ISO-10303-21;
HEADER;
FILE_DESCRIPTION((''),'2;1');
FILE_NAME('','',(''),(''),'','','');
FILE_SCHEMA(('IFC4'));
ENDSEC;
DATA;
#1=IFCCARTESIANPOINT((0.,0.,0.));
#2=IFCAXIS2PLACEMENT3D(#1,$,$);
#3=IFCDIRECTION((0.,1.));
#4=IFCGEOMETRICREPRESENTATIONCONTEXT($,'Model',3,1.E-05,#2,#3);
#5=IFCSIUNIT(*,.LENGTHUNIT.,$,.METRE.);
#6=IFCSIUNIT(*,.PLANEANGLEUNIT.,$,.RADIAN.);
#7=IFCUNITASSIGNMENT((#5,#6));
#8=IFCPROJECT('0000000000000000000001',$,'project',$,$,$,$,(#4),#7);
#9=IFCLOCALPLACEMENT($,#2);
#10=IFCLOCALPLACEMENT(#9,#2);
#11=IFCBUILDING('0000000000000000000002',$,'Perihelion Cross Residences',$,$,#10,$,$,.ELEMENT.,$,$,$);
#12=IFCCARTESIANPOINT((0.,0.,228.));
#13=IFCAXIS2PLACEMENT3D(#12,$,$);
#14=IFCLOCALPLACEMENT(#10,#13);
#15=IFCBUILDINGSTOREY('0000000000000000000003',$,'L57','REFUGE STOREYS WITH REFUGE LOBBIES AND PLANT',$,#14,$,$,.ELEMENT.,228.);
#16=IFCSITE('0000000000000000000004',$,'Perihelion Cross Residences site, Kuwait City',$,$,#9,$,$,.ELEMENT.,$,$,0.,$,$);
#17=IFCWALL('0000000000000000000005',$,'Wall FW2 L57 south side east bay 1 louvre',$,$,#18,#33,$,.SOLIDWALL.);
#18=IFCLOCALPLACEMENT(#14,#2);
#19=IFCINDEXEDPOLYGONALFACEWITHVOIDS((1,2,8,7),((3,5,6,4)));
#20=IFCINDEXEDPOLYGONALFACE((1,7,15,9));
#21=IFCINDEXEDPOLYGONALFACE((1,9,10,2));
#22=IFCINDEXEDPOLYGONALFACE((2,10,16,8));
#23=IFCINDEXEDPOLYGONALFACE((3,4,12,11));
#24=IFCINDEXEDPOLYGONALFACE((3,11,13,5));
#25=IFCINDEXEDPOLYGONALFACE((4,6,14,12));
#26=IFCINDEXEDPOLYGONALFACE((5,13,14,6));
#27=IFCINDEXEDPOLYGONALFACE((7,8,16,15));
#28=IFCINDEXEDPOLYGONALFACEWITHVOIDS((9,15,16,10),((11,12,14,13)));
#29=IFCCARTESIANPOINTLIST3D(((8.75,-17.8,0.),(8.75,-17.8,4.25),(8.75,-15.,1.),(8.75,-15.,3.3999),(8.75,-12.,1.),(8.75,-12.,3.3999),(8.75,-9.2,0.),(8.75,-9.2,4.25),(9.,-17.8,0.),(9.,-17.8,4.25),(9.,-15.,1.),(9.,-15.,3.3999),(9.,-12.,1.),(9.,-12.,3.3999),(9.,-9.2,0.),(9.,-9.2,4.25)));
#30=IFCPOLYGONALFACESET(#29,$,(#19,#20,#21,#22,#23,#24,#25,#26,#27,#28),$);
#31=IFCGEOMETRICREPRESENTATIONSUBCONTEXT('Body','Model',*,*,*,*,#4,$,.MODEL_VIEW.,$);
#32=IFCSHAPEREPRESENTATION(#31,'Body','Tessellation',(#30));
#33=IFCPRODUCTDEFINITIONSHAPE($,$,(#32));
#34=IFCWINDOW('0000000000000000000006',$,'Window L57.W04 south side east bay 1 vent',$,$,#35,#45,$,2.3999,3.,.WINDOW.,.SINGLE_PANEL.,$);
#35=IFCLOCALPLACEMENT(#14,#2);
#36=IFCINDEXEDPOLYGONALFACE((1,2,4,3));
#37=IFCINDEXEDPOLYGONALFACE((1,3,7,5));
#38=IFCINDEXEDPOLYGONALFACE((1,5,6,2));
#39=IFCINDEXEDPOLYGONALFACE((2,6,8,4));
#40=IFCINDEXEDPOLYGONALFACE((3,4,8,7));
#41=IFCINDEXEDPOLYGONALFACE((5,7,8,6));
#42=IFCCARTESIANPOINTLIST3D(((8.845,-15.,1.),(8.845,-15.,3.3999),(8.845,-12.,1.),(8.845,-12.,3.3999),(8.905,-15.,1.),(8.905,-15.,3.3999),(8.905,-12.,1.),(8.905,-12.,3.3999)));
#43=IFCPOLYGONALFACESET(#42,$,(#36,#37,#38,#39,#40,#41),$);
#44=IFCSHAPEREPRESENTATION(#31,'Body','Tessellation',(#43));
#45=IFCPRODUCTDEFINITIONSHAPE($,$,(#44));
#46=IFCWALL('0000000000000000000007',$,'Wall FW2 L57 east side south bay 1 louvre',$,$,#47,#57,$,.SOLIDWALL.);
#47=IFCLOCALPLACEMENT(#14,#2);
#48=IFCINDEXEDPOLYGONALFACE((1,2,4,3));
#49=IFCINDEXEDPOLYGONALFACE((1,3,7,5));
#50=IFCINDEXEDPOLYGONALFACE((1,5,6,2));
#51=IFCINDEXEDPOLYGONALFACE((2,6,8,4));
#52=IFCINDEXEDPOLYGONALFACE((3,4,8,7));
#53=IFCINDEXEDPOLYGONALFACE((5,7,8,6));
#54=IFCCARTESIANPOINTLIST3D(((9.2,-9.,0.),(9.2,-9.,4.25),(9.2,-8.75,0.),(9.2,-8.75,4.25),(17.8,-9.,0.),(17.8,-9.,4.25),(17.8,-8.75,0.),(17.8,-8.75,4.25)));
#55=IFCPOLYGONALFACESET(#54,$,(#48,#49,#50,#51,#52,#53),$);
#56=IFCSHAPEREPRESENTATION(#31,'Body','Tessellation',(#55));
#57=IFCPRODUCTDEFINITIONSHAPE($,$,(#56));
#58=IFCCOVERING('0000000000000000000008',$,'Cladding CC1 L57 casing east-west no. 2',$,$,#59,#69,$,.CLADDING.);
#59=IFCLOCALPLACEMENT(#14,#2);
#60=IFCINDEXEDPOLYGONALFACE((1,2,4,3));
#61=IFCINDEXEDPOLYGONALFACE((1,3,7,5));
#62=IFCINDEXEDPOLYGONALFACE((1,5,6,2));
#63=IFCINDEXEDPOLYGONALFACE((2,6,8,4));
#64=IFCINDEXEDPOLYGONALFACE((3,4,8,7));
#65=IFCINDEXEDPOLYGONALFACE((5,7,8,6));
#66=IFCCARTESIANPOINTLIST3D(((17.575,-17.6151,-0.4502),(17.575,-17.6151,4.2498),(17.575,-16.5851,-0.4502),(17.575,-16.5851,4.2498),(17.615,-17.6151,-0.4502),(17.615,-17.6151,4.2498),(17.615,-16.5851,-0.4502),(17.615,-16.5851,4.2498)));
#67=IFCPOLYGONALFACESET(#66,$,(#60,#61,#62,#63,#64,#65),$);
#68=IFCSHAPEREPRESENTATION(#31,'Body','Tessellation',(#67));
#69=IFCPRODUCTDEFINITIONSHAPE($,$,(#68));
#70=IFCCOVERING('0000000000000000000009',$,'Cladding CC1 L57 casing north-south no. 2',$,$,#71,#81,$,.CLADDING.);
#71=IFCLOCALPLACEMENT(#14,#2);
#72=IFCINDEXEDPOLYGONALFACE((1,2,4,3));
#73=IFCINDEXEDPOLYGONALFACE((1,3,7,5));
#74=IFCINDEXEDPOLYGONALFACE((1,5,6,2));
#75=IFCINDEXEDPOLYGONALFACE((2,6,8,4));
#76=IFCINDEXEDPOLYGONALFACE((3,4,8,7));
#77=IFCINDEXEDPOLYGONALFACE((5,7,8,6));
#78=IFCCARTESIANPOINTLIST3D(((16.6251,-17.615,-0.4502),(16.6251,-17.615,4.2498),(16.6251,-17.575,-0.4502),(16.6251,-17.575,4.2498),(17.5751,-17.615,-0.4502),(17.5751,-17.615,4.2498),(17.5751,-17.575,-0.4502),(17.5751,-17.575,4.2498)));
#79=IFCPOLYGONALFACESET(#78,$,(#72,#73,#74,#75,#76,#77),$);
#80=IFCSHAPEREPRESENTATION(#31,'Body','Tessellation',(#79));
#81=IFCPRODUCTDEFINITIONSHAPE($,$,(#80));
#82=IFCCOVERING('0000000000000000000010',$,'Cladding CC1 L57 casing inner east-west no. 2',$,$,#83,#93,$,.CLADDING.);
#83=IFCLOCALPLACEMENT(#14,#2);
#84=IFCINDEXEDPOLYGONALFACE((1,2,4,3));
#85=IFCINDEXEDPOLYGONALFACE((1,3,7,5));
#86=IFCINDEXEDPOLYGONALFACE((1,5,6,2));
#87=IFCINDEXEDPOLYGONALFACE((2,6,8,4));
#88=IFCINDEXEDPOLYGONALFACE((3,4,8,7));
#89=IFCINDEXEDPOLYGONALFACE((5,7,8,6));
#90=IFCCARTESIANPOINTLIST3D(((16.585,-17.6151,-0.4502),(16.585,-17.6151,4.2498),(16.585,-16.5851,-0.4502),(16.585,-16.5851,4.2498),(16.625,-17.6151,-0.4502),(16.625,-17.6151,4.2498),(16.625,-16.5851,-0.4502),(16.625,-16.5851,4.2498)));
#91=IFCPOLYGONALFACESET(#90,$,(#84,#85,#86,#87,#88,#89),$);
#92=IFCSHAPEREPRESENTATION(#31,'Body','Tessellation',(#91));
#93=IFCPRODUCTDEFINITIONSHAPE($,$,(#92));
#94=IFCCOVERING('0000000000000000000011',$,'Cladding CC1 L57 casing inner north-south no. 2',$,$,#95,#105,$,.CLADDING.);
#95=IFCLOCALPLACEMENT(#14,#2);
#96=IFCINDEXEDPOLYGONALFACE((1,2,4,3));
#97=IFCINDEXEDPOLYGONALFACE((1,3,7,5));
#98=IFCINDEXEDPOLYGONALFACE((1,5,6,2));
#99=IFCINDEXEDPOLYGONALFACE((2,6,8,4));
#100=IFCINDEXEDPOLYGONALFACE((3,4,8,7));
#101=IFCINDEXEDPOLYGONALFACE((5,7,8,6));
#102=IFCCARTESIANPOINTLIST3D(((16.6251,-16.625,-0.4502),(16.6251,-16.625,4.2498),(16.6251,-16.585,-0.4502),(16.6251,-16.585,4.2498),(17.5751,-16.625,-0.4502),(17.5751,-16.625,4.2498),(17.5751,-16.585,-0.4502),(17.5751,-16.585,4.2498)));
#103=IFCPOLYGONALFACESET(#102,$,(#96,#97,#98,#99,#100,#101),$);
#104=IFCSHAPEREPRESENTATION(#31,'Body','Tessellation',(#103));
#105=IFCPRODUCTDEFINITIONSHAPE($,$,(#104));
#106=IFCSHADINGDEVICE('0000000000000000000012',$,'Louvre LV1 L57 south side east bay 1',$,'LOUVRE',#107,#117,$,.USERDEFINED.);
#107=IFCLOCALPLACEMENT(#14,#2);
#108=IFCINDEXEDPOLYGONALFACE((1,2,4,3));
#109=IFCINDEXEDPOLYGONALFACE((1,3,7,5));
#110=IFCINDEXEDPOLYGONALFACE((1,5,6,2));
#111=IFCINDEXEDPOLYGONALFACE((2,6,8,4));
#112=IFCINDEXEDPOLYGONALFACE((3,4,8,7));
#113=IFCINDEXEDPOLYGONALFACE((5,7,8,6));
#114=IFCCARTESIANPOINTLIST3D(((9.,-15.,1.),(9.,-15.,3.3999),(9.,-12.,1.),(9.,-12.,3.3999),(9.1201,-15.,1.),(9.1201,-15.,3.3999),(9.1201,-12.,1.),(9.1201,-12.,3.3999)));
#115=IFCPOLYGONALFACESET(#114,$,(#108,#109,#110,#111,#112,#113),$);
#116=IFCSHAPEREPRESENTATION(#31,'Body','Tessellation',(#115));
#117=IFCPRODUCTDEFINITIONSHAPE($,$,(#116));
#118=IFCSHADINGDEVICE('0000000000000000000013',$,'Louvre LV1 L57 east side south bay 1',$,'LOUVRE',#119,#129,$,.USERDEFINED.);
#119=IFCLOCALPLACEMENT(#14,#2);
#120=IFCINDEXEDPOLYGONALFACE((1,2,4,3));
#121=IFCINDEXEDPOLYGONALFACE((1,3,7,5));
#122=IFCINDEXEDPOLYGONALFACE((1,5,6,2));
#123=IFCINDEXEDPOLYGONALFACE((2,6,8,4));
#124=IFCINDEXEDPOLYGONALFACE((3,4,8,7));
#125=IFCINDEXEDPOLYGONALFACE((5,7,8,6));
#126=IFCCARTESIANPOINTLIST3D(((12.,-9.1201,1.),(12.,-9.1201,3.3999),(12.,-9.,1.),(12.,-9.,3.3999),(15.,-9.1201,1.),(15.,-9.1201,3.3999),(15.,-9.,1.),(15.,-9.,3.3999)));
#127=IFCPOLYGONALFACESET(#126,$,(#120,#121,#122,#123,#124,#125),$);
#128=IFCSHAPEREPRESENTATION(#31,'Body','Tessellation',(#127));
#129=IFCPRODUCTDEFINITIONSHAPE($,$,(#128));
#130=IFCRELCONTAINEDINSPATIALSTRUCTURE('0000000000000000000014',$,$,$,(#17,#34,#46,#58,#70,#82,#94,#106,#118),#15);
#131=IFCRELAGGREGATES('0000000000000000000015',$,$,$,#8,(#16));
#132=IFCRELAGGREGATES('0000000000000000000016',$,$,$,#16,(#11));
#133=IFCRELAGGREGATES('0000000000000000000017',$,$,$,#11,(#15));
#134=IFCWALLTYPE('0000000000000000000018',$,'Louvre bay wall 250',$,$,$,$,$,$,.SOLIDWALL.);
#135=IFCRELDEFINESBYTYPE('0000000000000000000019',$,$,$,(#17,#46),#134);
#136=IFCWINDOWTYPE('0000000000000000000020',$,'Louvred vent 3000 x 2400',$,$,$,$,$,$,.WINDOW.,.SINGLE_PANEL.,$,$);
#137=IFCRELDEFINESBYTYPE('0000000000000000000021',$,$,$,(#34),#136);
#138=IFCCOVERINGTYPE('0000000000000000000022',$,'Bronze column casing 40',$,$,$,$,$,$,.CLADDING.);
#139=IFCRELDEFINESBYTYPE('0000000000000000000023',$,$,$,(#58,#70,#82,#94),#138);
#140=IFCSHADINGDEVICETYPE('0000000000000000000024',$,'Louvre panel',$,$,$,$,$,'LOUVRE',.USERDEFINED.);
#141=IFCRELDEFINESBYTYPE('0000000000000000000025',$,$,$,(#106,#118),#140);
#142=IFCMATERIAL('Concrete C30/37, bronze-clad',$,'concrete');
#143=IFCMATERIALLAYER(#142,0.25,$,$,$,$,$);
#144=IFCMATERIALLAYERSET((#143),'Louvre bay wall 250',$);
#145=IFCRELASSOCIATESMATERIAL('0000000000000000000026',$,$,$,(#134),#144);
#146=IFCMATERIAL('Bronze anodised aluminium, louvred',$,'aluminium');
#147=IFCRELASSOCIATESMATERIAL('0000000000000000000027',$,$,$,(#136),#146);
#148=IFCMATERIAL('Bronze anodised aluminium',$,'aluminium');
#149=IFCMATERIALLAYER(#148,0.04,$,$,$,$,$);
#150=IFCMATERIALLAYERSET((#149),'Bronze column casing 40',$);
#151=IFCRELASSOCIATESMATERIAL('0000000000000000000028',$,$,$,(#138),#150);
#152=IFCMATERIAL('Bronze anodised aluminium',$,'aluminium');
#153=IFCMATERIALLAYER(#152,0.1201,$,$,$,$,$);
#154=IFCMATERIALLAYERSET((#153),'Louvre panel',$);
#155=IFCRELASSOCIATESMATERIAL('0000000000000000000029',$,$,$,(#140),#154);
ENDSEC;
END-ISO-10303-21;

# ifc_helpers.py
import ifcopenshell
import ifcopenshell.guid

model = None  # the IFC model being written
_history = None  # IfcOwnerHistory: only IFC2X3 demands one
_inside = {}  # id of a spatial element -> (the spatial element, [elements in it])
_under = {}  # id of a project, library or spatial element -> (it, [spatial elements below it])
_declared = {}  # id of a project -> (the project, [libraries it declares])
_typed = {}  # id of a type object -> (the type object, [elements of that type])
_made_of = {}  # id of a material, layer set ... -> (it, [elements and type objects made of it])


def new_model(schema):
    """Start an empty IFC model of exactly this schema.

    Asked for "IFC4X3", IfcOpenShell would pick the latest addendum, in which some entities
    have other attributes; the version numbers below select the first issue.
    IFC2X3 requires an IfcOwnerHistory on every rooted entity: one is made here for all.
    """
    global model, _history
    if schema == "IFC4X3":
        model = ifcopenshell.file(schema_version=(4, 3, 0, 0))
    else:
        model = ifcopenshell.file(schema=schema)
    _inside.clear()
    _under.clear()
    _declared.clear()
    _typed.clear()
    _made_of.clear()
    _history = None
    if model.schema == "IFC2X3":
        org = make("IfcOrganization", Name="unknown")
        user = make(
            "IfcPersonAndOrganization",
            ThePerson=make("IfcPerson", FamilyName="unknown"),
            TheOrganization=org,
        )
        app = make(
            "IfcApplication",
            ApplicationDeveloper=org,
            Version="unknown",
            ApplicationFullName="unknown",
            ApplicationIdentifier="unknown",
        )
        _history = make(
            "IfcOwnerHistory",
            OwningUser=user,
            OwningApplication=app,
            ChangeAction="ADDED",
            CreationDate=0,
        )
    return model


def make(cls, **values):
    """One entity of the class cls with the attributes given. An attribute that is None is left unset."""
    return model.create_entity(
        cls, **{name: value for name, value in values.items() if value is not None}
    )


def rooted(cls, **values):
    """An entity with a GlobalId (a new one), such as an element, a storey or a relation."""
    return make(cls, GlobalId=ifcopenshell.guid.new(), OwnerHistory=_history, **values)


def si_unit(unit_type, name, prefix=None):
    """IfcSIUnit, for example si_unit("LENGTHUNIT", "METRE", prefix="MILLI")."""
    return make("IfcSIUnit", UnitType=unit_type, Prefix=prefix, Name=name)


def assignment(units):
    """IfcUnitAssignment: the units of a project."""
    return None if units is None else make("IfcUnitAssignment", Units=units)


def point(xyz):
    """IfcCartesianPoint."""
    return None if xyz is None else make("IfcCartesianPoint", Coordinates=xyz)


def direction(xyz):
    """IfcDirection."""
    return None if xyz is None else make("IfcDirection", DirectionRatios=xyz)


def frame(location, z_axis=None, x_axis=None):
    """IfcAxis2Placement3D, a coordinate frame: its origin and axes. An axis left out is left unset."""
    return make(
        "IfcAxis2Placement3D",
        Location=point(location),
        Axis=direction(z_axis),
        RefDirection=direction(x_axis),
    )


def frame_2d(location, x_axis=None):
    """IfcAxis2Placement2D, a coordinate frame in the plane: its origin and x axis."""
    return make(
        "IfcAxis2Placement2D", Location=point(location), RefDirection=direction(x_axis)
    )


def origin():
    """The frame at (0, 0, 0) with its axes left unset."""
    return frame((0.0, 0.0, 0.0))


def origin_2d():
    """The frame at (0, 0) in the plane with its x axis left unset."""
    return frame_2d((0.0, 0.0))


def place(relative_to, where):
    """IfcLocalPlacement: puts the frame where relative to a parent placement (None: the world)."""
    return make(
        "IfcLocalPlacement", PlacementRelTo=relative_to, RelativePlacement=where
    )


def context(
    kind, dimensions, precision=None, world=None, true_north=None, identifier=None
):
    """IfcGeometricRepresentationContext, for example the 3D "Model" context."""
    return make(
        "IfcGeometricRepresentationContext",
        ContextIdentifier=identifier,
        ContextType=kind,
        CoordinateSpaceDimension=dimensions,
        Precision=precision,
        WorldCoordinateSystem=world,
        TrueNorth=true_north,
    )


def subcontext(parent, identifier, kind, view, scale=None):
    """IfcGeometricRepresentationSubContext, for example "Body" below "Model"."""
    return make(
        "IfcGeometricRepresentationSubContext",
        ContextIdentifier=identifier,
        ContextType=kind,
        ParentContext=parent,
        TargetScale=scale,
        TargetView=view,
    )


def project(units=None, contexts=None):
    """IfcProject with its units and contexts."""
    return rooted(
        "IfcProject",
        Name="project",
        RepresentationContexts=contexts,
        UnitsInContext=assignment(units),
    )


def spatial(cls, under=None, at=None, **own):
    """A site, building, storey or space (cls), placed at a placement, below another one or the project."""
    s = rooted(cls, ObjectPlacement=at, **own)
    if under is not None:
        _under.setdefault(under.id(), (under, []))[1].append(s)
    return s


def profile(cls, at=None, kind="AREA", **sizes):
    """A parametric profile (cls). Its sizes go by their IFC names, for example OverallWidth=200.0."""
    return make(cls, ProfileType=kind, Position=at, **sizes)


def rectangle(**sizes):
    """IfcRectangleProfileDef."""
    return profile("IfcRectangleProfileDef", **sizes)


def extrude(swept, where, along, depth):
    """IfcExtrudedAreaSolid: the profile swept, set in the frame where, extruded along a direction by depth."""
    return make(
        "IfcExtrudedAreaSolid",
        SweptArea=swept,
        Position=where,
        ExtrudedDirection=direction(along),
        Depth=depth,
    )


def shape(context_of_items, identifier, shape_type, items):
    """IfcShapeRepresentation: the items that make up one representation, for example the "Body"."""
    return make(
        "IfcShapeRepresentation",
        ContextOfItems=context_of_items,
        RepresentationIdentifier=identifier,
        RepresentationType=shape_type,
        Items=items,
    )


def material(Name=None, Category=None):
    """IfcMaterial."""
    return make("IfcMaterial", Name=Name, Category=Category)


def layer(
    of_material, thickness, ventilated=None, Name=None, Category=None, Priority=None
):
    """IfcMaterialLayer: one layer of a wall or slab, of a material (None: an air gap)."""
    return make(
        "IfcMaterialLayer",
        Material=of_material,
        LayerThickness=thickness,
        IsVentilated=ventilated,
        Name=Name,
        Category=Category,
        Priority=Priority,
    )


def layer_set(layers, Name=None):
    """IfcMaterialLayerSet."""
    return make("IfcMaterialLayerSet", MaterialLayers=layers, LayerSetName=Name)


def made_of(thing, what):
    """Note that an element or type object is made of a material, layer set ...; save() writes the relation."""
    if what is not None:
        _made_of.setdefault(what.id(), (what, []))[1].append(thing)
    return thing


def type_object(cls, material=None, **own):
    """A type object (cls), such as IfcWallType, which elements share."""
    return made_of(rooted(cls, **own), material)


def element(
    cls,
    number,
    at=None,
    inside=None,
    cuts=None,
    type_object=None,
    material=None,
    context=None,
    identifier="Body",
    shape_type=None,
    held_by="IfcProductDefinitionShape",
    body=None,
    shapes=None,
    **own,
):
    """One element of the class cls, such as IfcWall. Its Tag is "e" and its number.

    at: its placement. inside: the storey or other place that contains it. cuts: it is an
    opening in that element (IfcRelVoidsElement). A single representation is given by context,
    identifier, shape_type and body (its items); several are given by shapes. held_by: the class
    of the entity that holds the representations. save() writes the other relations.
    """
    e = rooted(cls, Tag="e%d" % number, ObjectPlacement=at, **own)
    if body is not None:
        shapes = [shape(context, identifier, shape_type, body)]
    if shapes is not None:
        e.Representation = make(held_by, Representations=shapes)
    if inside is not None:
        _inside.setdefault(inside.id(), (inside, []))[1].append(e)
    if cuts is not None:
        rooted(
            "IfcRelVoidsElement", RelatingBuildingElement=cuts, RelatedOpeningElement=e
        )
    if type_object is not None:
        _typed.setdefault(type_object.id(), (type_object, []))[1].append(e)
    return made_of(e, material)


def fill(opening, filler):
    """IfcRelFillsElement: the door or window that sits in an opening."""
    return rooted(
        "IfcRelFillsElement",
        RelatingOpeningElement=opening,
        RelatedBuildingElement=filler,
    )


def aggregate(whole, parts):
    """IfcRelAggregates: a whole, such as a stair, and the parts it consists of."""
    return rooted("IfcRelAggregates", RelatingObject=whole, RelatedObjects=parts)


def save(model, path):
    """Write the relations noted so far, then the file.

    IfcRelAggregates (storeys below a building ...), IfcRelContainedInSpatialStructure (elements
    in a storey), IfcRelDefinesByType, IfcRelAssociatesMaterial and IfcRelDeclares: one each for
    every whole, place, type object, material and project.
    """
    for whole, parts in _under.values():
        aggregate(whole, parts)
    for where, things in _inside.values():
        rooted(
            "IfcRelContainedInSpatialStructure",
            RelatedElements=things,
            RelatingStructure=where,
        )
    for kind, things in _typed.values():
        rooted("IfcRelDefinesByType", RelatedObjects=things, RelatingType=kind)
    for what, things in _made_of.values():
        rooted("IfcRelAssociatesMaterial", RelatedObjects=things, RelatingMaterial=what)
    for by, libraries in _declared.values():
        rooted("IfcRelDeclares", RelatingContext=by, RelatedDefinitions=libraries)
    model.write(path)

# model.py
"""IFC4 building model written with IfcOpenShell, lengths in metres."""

from ifc_helpers import new_model, si_unit, direction, frame, frame_2d, origin, origin_2d, place, context, subcontext, project, spatial, rectangle, extrude, material, layer, layer_set, type_object, element, fill, save


model = new_model("IFC4")

# Units and contexts
model_context = context("Model", 3, precision=1e-05, world=origin(), true_north=direction((0.0, 1.0)))
body_context = subcontext(model_context, "Body", "Model", "MODEL_VIEW")
ifc_project = project(units=[si_unit("LENGTHUNIT", "METRE"), si_unit("PLANEANGLEUNIT", "RADIAN")], contexts=[model_context])

# Site, building, storey
site_placement = place(None, origin())
site = spatial("IfcSite", under=ifc_project, at=site_placement, Name="Perihelion Cross Residences site, Kuwait City", CompositionType="ELEMENT", RefElevation=0.0)
building_placement = place(site_placement, origin())
building = spatial("IfcBuilding", under=site, at=building_placement, Name="Perihelion Cross Residences", CompositionType="ELEMENT")
storey_placement = place(building_placement, frame((0.0, 0.0, 228.0)))
storey = spatial("IfcBuildingStorey", under=building, at=storey_placement, Name="L57", Description="REFUGE STOREYS WITH REFUGE LOBBIES AND PLANT", CompositionType="ELEMENT", Elevation=228.0)

# Wall, opening, window
ifc_material_1 = material(Name="Concrete C30/37, bronze-clad", Category="concrete")
ifc_layer_1 = layer(ifc_material_1, 0.25)
ifc_layer_set_1 = layer_set([ifc_layer_1], Name="Louvre bay wall 250")
wall_type_1 = type_object("IfcWallType", Name="Louvre bay wall 250", PredefinedType="SOLIDWALL", material=ifc_layer_set_1)
wall_1_placement = place(storey_placement, frame((8.875, -17.8, 0.0), z_axis=(0.0, 0.0, 1.0), x_axis=(0.0, 1.0, 0.0)))
wall_1 = element("IfcWall", 1, at=wall_1_placement, inside=storey, type_object=wall_type_1, Name="Wall FW2 L57 south side east bay 1 louvre", PredefinedType="SOLIDWALL", context=body_context, shape_type="SweptSolid", body=[
    extrude(rectangle(XDim=8.6001, YDim=0.25, at=frame_2d((4.3, 0.0))), origin(), (0.0, 0.0, 1.0), 4.25),
])
opening_1_placement = place(wall_1_placement, frame((2.8, 0.0, 1.0)))
opening_1 = element("IfcOpeningElement", 2, at=opening_1_placement, cuts=wall_1, PredefinedType="OPENING", context=body_context, shape_type="SweptSolid", body=[
    extrude(rectangle(XDim=3.0, YDim=2.3999, at=frame_2d((1.5, 1.2))), frame((0.0, 0.135, 0.0), z_axis=(0.0, -1.0, 0.0), x_axis=(1.0, 0.0, 0.0)), (0.0, 0.0, 1.0), 0.27),
])
ifc_material_2 = material(Name="Bronze anodised aluminium, louvred", Category="aluminium")
window_type = type_object("IfcWindowType", Name="Louvred vent 3000 x 2400", PartitioningType="SINGLE_PANEL", PredefinedType="WINDOW", material=ifc_material_2)
window_placement = place(opening_1_placement, origin())
window = element("IfcWindow", 3, at=window_placement, inside=storey, type_object=window_type, Name="Window L57.W04 south side east bay 1 vent", OverallHeight=2.3999, OverallWidth=3.0, PartitioningType="SINGLE_PANEL", PredefinedType="WINDOW", context=body_context, shape_type="SweptSolid", body=[
    extrude(rectangle(XDim=3.0, YDim=2.3999, at=frame_2d((1.5, 1.2))), frame((0.0, 0.03, 0.0), z_axis=(0.0, -1.0, 0.0), x_axis=(1.0, 0.0, 0.0)), (0.0, 0.0, 1.0), 0.0601),
])
fill(opening_1, window)

# Wall
wall_2_placement = place(storey_placement, frame((9.2, -8.875, 0.0), z_axis=(0.0, 0.0, 1.0), x_axis=(1.0, 0.0, 0.0)))
element("IfcWall", 4, at=wall_2_placement, inside=storey, type_object=wall_type_1, Name="Wall FW2 L57 east side south bay 1 louvre", PredefinedType="SOLIDWALL", context=body_context, shape_type="SweptSolid", body=[
    extrude(rectangle(XDim=8.6001, YDim=0.25, at=frame_2d((4.3, 0.0))), origin(), (0.0, 0.0, 1.0), 4.25),
])

# Coverings
ifc_material_3 = material(Name="Bronze anodised aluminium", Category="aluminium")
ifc_layer_2 = layer(ifc_material_3, 0.04)
ifc_layer_set_2 = layer_set([ifc_layer_2], Name="Bronze column casing 40")
covering_type = type_object("IfcCoveringType", Name="Bronze column casing 40", PredefinedType="CLADDING", material=ifc_layer_set_2)
covering_1_placement = place(storey_placement, frame((17.595, -17.1001, -0.4502), z_axis=(0.0, 0.0, 1.0), x_axis=(1.0, 0.0, 0.0)))
element("IfcCovering", 5, at=covering_1_placement, inside=storey, type_object=covering_type, Name="Cladding CC1 L57 casing east-west no. 2", PredefinedType="CLADDING", context=body_context, shape_type="SweptSolid", body=[
    extrude(rectangle(XDim=0.04, YDim=1.03, at=origin_2d()), origin(), (0.0, 0.0, 1.0), 4.7),
])
covering_2_placement = place(storey_placement, frame((17.1001, -17.595, -0.4502), z_axis=(0.0, 0.0, 1.0), x_axis=(1.0, 0.0, 0.0)))
element("IfcCovering", 6, at=covering_2_placement, inside=storey, type_object=covering_type, Name="Cladding CC1 L57 casing north-south no. 2", PredefinedType="CLADDING", context=body_context, shape_type="SweptSolid", body=[
    extrude(rectangle(XDim=0.95, YDim=0.04, at=origin_2d()), origin(), (0.0, 0.0, 1.0), 4.7),
])
covering_3_placement = place(storey_placement, frame((16.605, -17.1001, -0.4502), z_axis=(0.0, 0.0, 1.0), x_axis=(1.0, 0.0, 0.0)))
element("IfcCovering", 7, at=covering_3_placement, inside=storey, type_object=covering_type, Name="Cladding CC1 L57 casing inner east-west no. 2", PredefinedType="CLADDING", context=body_context, shape_type="SweptSolid", body=[
    extrude(rectangle(XDim=0.04, YDim=1.03, at=origin_2d()), origin(), (0.0, 0.0, 1.0), 4.7),
])
covering_4_placement = place(storey_placement, frame((17.1001, -16.605, -0.4502), z_axis=(0.0, 0.0, 1.0), x_axis=(1.0, 0.0, 0.0)))
element("IfcCovering", 8, at=covering_4_placement, inside=storey, type_object=covering_type, Name="Cladding CC1 L57 casing inner north-south no. 2", PredefinedType="CLADDING", context=body_context, shape_type="SweptSolid", body=[
    extrude(rectangle(XDim=0.95, YDim=0.04, at=origin_2d()), origin(), (0.0, 0.0, 1.0), 4.7),
])

# Shading devices
ifc_material_4 = material(Name="Bronze anodised aluminium", Category="aluminium")
ifc_layer_3 = layer(ifc_material_4, 0.1201)
ifc_layer_set_3 = layer_set([ifc_layer_3], Name="Louvre panel")
shading_device_type = type_object("IfcShadingDeviceType", Name="Louvre panel", ElementType="LOUVRE", PredefinedType="USERDEFINED", material=ifc_layer_set_3)
for number, where, z_axis, x_axis, name in (
    (9, (9.0601, -13.5, 1.0), (0.0, 0.0, 1.0), (0.0, 1.0, 0.0), "Louvre LV1 L57 south side east bay 1"),
    (10, (13.5, -9.0601, 1.0), (0.0, 0.0, 1.0), (1.0, 0.0, 0.0), "Louvre LV1 L57 east side south bay 1"),
):
    element("IfcShadingDevice", number, at=place(storey_placement, frame(where, z_axis=z_axis, x_axis=x_axis)), inside=storey, type_object=shading_device_type, Name=name, ObjectType="LOUVRE", PredefinedType="USERDEFINED", context=body_context, shape_type="SweptSolid", body=[
        extrude(rectangle(XDim=3.0, YDim=0.1201, at=origin_2d()), origin(), (0.0, 0.0, 1.0), 2.3999),
    ])

save(model, "model.ifc")
